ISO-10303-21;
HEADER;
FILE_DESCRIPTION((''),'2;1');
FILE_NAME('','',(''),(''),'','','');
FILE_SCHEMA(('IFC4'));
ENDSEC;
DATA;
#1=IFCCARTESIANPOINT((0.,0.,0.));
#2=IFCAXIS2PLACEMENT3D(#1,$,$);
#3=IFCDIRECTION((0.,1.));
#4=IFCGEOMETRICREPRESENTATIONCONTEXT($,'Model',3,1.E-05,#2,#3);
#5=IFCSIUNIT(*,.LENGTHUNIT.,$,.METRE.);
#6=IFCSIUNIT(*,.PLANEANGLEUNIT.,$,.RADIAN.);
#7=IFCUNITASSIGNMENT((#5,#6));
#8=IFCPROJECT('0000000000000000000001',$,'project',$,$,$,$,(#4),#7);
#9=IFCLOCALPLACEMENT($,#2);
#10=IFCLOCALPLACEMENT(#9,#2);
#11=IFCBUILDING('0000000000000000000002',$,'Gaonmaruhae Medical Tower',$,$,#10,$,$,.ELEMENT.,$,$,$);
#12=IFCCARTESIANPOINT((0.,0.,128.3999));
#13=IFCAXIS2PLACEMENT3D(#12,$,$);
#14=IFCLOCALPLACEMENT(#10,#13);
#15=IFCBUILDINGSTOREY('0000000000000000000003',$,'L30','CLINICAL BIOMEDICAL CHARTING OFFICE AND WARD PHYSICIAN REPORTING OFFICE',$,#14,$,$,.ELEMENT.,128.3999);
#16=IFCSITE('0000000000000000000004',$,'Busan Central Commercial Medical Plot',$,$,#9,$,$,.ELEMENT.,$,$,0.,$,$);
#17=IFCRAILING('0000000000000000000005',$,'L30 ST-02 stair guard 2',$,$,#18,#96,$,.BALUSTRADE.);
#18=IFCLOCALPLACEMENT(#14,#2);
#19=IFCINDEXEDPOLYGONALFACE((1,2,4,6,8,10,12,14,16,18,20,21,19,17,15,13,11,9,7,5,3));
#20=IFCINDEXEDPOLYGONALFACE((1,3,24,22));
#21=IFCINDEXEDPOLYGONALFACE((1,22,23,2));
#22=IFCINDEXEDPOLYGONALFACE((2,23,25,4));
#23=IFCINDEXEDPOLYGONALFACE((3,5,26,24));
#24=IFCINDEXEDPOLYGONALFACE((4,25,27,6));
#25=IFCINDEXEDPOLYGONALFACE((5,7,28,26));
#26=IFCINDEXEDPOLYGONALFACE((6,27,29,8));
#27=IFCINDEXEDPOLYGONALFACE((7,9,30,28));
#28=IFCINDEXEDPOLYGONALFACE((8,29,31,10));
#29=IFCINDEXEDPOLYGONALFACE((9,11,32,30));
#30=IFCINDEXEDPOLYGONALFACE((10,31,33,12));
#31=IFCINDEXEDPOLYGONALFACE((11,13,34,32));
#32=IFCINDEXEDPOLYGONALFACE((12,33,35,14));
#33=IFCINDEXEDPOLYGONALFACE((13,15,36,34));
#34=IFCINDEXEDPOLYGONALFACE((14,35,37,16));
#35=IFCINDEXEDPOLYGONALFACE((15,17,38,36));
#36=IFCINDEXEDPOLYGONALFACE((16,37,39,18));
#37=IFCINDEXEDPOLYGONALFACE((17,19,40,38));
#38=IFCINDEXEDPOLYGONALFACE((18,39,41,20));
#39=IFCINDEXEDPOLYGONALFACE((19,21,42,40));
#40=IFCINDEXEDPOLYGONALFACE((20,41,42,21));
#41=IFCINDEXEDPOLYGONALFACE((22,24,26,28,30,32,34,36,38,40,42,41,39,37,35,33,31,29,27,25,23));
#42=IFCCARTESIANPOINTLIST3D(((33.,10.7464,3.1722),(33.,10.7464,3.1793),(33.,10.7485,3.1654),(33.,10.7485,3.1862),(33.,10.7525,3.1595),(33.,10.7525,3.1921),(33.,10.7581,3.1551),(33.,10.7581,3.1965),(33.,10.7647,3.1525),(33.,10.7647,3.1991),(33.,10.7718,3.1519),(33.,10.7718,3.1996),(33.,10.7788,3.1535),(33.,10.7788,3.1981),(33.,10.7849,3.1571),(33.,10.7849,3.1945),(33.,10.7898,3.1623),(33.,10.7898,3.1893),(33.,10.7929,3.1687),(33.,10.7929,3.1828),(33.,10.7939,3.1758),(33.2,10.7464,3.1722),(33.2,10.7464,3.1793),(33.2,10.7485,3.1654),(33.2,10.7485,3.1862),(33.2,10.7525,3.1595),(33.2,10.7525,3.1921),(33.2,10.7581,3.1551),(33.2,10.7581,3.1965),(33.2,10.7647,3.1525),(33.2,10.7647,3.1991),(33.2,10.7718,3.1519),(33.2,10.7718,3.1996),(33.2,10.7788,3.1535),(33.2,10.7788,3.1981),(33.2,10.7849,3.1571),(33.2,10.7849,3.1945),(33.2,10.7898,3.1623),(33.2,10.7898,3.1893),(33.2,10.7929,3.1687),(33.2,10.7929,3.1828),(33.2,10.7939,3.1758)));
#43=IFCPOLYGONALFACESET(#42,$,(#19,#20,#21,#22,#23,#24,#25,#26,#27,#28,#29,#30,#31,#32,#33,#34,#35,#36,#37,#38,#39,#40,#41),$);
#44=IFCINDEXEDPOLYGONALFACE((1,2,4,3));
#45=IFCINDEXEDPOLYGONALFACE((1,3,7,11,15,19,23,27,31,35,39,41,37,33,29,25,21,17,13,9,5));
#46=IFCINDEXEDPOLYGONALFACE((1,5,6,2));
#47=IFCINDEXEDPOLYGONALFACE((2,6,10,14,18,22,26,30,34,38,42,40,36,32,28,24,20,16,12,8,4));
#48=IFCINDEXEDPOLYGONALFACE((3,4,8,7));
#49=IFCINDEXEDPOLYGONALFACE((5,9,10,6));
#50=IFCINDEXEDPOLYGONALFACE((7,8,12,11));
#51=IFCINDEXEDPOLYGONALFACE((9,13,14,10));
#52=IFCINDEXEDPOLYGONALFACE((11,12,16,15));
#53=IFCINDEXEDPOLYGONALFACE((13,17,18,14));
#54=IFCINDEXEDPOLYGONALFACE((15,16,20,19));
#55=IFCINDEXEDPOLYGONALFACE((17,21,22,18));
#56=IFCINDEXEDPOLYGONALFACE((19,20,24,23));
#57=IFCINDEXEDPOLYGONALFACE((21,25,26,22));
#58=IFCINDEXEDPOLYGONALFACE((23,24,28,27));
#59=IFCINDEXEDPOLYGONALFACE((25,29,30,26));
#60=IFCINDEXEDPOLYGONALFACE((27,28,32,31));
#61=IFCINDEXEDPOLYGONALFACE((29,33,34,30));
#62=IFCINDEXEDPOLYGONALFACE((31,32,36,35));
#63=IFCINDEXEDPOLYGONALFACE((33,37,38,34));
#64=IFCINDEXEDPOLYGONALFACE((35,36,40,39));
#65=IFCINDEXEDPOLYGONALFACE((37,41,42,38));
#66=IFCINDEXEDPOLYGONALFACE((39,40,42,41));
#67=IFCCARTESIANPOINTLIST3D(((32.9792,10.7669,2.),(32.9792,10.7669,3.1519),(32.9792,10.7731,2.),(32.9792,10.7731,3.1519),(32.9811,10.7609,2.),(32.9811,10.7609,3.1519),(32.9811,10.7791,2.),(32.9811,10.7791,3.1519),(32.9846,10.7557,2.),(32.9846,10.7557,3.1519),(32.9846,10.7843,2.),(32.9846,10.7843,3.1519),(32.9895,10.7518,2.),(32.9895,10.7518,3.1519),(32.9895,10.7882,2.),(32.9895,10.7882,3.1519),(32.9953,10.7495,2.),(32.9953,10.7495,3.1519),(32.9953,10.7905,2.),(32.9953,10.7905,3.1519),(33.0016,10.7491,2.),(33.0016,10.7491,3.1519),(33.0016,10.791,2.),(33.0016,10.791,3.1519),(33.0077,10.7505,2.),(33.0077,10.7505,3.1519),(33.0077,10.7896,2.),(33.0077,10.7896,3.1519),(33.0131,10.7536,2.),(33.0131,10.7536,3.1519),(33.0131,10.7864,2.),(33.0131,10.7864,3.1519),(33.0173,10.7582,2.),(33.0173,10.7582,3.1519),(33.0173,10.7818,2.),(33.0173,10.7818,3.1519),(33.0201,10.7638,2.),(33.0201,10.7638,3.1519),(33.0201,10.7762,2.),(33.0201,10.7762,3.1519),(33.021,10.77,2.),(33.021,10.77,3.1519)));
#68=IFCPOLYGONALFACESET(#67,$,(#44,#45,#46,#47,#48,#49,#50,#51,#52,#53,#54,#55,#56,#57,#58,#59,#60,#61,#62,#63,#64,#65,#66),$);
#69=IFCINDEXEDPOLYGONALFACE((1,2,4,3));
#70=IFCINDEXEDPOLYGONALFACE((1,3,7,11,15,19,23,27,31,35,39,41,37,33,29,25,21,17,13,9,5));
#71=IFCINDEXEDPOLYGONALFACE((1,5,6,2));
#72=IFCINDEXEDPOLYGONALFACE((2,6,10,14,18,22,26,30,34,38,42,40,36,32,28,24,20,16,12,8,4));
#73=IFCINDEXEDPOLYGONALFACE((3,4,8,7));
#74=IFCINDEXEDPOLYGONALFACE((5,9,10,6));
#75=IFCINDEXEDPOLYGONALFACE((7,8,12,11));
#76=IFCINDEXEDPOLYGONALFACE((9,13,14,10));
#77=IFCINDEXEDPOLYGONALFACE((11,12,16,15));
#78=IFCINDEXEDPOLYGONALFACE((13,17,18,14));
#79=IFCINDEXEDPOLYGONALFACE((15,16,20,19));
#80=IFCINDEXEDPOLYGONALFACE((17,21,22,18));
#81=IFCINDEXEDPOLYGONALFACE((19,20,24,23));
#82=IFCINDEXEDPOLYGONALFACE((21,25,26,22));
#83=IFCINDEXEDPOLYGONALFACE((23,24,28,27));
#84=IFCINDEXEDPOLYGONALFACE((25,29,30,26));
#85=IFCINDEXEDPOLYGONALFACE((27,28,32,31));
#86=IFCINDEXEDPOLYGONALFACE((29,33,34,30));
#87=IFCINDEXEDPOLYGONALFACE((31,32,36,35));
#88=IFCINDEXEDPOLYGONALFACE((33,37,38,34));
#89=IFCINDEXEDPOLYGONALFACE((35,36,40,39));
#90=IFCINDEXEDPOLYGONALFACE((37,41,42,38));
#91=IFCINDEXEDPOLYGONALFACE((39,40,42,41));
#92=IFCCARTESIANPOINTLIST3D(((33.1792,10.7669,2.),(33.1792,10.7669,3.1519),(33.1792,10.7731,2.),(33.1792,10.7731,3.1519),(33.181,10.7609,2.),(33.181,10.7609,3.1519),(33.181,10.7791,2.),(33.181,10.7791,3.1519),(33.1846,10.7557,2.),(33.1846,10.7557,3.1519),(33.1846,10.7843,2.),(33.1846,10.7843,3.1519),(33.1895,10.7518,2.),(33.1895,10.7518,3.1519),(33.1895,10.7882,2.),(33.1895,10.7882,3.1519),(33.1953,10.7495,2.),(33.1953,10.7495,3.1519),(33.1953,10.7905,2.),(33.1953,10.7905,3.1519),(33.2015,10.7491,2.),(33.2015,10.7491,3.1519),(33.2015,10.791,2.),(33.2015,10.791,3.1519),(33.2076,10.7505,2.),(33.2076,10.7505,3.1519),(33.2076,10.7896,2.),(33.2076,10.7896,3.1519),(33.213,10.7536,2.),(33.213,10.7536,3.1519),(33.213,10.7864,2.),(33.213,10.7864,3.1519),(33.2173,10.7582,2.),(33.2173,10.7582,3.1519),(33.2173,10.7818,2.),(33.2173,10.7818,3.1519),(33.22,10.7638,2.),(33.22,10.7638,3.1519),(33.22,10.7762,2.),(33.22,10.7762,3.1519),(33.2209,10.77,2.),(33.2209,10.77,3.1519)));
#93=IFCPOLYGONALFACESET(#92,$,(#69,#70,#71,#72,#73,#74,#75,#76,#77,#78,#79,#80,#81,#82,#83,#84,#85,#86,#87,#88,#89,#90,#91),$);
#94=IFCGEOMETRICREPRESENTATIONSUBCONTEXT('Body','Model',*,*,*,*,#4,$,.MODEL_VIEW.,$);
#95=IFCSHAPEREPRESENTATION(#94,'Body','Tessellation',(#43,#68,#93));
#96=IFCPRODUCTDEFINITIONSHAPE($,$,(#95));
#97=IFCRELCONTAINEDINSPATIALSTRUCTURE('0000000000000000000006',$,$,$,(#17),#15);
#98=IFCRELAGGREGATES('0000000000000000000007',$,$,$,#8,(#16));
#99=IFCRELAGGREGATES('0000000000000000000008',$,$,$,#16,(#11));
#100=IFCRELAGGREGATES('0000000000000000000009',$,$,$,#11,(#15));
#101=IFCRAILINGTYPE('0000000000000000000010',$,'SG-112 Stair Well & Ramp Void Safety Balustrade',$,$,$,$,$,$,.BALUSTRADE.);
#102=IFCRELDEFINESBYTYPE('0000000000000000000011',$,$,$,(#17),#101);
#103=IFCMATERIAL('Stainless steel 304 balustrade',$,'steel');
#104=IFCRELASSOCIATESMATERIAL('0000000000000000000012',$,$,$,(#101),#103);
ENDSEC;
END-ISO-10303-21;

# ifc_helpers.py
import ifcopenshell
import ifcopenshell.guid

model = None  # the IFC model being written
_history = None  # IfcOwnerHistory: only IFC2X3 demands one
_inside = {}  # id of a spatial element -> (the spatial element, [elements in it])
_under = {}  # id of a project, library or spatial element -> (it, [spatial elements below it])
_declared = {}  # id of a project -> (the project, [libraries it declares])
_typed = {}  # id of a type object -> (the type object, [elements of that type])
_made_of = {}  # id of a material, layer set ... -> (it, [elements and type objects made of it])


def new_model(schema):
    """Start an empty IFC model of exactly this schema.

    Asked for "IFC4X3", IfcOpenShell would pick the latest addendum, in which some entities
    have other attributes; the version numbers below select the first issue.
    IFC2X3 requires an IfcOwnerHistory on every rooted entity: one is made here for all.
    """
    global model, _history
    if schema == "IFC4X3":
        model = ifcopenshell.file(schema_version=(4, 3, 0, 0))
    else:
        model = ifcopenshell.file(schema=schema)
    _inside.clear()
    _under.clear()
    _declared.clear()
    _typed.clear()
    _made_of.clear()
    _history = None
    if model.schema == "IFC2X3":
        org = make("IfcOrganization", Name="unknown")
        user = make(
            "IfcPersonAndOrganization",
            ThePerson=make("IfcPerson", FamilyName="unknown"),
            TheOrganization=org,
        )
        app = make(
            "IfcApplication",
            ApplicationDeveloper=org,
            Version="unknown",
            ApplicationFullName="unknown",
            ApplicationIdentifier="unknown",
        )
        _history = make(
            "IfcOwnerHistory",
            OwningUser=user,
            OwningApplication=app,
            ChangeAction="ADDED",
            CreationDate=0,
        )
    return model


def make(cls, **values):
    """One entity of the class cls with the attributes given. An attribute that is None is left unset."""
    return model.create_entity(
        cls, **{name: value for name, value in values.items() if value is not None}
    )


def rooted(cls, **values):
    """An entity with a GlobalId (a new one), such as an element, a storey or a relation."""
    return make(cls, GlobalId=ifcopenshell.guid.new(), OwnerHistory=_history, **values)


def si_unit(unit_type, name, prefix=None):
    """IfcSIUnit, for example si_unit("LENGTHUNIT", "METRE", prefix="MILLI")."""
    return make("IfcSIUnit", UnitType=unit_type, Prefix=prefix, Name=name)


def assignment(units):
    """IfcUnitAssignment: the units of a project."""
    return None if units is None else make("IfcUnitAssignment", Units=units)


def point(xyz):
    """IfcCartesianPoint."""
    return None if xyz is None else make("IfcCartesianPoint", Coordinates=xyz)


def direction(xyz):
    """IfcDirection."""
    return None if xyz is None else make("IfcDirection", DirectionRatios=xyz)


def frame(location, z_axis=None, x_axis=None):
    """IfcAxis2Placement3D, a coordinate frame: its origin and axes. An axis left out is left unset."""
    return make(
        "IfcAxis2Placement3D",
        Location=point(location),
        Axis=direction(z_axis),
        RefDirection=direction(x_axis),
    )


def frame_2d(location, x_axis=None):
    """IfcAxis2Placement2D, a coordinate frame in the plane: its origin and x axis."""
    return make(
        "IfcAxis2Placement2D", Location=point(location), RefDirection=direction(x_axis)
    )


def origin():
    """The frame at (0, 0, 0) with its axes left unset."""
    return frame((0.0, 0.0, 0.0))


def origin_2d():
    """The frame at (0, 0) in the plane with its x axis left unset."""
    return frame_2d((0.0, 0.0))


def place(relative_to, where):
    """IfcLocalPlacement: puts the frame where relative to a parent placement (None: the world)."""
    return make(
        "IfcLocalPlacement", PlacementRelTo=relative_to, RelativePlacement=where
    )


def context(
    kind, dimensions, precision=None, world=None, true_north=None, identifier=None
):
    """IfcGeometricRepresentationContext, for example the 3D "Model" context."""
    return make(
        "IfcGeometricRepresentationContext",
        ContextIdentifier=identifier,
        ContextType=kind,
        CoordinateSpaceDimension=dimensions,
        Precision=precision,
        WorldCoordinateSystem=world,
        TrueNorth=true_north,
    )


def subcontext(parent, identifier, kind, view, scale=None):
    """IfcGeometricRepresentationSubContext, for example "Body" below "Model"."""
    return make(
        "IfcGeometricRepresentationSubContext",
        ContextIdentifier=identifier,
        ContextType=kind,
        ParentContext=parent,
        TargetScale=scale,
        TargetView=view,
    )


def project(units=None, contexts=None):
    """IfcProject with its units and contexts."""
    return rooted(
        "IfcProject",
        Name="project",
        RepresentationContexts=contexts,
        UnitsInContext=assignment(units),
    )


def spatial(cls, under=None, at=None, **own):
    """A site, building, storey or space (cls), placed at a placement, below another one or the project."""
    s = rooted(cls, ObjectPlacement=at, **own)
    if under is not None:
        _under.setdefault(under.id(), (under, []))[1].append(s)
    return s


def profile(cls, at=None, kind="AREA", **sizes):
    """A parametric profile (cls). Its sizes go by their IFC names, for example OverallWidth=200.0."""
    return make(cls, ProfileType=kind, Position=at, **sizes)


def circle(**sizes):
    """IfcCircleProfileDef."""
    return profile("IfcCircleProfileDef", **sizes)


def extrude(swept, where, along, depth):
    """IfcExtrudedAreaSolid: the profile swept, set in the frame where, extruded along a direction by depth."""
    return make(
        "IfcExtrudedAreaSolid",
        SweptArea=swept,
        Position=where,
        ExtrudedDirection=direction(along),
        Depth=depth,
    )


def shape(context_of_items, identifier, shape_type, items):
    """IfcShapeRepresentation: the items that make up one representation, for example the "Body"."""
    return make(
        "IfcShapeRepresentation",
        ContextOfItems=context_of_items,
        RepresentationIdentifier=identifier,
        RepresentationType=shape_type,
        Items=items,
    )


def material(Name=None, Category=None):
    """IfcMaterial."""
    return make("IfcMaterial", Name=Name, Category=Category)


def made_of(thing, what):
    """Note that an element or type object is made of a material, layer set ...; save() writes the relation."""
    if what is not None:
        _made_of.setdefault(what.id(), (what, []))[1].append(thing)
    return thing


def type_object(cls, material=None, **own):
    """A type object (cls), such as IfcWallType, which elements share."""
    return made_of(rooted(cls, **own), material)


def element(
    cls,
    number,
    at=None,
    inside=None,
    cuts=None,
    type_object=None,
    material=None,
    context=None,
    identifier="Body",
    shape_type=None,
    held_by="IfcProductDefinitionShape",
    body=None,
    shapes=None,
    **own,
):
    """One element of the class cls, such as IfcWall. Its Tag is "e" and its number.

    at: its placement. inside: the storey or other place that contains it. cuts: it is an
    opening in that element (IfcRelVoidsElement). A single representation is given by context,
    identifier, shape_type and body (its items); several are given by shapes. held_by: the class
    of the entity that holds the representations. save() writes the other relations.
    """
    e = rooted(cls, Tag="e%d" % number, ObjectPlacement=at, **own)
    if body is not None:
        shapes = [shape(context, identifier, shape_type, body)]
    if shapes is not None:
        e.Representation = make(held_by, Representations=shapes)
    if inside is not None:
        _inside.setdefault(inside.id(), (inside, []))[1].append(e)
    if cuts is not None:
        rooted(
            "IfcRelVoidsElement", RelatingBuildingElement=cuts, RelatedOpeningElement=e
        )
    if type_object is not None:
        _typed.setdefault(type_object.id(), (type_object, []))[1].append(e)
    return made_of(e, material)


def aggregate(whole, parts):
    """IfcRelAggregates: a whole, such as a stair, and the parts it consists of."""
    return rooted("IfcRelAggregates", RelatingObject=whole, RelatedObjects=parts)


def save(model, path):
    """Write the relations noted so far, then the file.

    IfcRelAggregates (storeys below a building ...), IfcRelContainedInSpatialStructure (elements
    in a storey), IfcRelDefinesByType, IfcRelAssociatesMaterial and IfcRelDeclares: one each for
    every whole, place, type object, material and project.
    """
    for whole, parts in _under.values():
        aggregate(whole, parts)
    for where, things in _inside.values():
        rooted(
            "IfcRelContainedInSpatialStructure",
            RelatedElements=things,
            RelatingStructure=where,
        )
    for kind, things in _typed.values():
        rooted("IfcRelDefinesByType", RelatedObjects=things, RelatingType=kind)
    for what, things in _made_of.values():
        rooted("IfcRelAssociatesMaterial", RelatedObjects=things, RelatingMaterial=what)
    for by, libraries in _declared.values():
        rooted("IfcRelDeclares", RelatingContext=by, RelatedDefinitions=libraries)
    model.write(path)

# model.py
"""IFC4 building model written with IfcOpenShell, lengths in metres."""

from ifc_helpers import new_model, si_unit, direction, frame, origin, origin_2d, place, context, subcontext, project, spatial, circle, extrude, material, type_object, element, save


model = new_model("IFC4")

# Units and contexts
model_context = context("Model", 3, precision=1e-05, world=origin(), true_north=direction((0.0, 1.0)))
body_context = subcontext(model_context, "Body", "Model", "MODEL_VIEW")
ifc_project = project(units=[si_unit("LENGTHUNIT", "METRE"), si_unit("PLANEANGLEUNIT", "RADIAN")], contexts=[model_context])

# Site, building, storey
site_placement = place(None, origin())
site = spatial("IfcSite", under=ifc_project, at=site_placement, Name="Busan Central Commercial Medical Plot", CompositionType="ELEMENT", RefElevation=0.0)
building_placement = place(site_placement, origin())
building = spatial("IfcBuilding", under=site, at=building_placement, Name="Gaonmaruhae Medical Tower", CompositionType="ELEMENT")
storey_placement = place(building_placement, frame((0.0, 0.0, 128.3999)))
storey = spatial("IfcBuildingStorey", under=building, at=storey_placement, Name="L30", Description="CLINICAL BIOMEDICAL CHARTING OFFICE AND WARD PHYSICIAN REPORTING OFFICE", CompositionType="ELEMENT", Elevation=128.3999)

# Railing
ifc_material_1 = material(Name="Stainless steel 304 balustrade", Category="steel")
railing_type_1 = type_object("IfcRailingType", Name="SG-112 Stair Well & Ramp Void Safety Balustrade", PredefinedType="BALUSTRADE", material=ifc_material_1)
railing_1_placement = place(storey_placement, frame((33.0, 10.77, 2.0)))
element("IfcRailing", 1, at=railing_1_placement, inside=storey, type_object=railing_type_1, Name="L30 ST-02 stair guard 2", PredefinedType="BALUSTRADE", context=body_context, shape_type="SweptSolid", body=[
    extrude(circle(Radius=0.0239, at=origin_2d()), frame((0.0, 0.0, 1.1758), z_axis=(1.0, 0.0, 0.0), x_axis=(0.0, 1.0, 0.0)), (0.0, 0.0, 1.0), 0.2),
    extrude(circle(Radius=0.021, at=origin_2d()), origin(), (0.0, 0.0, 1.0), 1.1519),
    extrude(circle(Radius=0.021, at=origin_2d()), frame((0.2, 0.0, 0.0)), (0.0, 0.0, 1.0), 1.1519),
])

save(model, "model.ifc")
